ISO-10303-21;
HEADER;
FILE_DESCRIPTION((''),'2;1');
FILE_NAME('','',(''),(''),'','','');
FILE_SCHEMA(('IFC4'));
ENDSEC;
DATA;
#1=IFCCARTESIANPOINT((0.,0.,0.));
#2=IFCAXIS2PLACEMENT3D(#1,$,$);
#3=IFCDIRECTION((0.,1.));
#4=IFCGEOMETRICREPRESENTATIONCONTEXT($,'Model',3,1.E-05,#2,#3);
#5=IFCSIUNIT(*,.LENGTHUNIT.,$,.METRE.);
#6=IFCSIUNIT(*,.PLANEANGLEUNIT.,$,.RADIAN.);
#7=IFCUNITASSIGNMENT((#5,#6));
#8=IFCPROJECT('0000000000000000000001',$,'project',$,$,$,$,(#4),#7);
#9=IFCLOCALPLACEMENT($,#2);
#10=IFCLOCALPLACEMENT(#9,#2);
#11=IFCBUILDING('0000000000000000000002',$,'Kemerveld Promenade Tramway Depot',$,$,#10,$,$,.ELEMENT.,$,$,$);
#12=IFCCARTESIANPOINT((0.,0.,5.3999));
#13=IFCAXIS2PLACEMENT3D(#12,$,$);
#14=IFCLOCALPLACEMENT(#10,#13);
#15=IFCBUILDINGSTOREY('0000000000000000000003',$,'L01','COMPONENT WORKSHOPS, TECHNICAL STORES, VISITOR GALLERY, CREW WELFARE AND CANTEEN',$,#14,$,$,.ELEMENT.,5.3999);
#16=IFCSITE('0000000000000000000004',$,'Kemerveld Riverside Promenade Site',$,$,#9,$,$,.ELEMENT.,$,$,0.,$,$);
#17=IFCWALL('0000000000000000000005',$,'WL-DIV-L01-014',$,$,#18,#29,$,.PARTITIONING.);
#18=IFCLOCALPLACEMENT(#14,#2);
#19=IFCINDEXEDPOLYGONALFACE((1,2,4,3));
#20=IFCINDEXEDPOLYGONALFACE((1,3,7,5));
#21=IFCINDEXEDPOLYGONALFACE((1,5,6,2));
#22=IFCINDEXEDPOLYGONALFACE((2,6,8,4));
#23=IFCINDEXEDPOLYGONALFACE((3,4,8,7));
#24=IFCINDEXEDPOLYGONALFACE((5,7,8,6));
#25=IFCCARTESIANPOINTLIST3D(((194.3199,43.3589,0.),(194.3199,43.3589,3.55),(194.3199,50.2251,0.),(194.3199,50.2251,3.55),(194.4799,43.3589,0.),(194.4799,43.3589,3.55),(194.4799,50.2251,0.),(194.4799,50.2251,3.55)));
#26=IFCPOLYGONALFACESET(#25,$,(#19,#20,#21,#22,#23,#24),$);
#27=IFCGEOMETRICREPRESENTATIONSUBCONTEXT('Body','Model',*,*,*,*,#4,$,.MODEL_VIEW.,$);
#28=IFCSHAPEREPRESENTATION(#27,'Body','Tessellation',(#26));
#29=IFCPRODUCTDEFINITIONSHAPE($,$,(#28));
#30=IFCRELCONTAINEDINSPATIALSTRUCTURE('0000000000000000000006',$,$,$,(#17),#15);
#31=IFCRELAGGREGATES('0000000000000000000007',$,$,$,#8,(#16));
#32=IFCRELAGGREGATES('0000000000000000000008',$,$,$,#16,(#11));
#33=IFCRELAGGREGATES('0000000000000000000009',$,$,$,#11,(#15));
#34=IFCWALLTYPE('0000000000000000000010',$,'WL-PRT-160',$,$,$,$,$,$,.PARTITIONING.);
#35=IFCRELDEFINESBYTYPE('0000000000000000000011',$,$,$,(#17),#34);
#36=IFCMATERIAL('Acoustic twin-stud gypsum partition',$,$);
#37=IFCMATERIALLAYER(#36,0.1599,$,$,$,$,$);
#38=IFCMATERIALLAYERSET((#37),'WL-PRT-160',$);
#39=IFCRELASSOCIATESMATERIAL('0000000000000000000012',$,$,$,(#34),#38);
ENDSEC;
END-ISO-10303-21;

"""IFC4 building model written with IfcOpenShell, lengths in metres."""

from ifc_helpers import new_model, si_unit, direction, frame, frame_2d, origin, place, context, subcontext, project, spatial, rectangle, extrude, material, layer, layer_set, type_object, element, save


model = new_model("IFC4")

# Units and contexts
model_context = context("Model", 3, precision=1e-05, world=origin(), true_north=direction((0.0, 1.0)))
body_context = subcontext(model_context, "Body", "Model", "MODEL_VIEW")
ifc_project = project(units=[si_unit("LENGTHUNIT", "METRE"), si_unit("PLANEANGLEUNIT", "RADIAN")], contexts=[model_context])

# Site, building, storey
site_placement = place(None, origin())
site = spatial("IfcSite", under=ifc_project, at=site_placement, Name="Kemerveld Riverside Promenade Site", CompositionType="ELEMENT", RefElevation=0.0)
building_placement = place(site_placement, origin())
building = spatial("IfcBuilding", under=site, at=building_placement, Name="Kemerveld Promenade Tramway Depot", CompositionType="ELEMENT")
storey_placement = place(building_placement, frame((0.0, 0.0, 5.3999)))
storey = spatial("IfcBuildingStorey", under=building, at=storey_placement, Name="L01", Description="COMPONENT WORKSHOPS, TECHNICAL STORES, VISITOR GALLERY, CREW WELFARE AND CANTEEN", CompositionType="ELEMENT", Elevation=5.3999)

# Wall
ifc_material_1 = material(Name="Acoustic twin-stud gypsum partition")
ifc_layer_1 = layer(ifc_material_1, 0.1599)
ifc_layer_set_1 = layer_set([ifc_layer_1], Name="WL-PRT-160")
wall_type = type_object("IfcWallType", Name="WL-PRT-160", PredefinedType="PARTITIONING", material=ifc_layer_set_1)
wall_1_placement = place(storey_placement, frame((194.3999, 43.3589, 0.0), z_axis=(0.0, 0.0, 1.0), x_axis=(0.0, 1.0, 0.0)))
element("IfcWall", 1, at=wall_1_placement, inside=storey, type_object=wall_type, Name="WL-DIV-L01-014", PredefinedType="PARTITIONING", context=body_context, shape_type="SweptSolid", body=[
    extrude(rectangle(XDim=6.8662, YDim=0.1599, at=frame_2d((3.4331, 0.0))), origin(), (0.0, 0.0, 1.0), 3.55),
])

save(model, "model.ifc")
